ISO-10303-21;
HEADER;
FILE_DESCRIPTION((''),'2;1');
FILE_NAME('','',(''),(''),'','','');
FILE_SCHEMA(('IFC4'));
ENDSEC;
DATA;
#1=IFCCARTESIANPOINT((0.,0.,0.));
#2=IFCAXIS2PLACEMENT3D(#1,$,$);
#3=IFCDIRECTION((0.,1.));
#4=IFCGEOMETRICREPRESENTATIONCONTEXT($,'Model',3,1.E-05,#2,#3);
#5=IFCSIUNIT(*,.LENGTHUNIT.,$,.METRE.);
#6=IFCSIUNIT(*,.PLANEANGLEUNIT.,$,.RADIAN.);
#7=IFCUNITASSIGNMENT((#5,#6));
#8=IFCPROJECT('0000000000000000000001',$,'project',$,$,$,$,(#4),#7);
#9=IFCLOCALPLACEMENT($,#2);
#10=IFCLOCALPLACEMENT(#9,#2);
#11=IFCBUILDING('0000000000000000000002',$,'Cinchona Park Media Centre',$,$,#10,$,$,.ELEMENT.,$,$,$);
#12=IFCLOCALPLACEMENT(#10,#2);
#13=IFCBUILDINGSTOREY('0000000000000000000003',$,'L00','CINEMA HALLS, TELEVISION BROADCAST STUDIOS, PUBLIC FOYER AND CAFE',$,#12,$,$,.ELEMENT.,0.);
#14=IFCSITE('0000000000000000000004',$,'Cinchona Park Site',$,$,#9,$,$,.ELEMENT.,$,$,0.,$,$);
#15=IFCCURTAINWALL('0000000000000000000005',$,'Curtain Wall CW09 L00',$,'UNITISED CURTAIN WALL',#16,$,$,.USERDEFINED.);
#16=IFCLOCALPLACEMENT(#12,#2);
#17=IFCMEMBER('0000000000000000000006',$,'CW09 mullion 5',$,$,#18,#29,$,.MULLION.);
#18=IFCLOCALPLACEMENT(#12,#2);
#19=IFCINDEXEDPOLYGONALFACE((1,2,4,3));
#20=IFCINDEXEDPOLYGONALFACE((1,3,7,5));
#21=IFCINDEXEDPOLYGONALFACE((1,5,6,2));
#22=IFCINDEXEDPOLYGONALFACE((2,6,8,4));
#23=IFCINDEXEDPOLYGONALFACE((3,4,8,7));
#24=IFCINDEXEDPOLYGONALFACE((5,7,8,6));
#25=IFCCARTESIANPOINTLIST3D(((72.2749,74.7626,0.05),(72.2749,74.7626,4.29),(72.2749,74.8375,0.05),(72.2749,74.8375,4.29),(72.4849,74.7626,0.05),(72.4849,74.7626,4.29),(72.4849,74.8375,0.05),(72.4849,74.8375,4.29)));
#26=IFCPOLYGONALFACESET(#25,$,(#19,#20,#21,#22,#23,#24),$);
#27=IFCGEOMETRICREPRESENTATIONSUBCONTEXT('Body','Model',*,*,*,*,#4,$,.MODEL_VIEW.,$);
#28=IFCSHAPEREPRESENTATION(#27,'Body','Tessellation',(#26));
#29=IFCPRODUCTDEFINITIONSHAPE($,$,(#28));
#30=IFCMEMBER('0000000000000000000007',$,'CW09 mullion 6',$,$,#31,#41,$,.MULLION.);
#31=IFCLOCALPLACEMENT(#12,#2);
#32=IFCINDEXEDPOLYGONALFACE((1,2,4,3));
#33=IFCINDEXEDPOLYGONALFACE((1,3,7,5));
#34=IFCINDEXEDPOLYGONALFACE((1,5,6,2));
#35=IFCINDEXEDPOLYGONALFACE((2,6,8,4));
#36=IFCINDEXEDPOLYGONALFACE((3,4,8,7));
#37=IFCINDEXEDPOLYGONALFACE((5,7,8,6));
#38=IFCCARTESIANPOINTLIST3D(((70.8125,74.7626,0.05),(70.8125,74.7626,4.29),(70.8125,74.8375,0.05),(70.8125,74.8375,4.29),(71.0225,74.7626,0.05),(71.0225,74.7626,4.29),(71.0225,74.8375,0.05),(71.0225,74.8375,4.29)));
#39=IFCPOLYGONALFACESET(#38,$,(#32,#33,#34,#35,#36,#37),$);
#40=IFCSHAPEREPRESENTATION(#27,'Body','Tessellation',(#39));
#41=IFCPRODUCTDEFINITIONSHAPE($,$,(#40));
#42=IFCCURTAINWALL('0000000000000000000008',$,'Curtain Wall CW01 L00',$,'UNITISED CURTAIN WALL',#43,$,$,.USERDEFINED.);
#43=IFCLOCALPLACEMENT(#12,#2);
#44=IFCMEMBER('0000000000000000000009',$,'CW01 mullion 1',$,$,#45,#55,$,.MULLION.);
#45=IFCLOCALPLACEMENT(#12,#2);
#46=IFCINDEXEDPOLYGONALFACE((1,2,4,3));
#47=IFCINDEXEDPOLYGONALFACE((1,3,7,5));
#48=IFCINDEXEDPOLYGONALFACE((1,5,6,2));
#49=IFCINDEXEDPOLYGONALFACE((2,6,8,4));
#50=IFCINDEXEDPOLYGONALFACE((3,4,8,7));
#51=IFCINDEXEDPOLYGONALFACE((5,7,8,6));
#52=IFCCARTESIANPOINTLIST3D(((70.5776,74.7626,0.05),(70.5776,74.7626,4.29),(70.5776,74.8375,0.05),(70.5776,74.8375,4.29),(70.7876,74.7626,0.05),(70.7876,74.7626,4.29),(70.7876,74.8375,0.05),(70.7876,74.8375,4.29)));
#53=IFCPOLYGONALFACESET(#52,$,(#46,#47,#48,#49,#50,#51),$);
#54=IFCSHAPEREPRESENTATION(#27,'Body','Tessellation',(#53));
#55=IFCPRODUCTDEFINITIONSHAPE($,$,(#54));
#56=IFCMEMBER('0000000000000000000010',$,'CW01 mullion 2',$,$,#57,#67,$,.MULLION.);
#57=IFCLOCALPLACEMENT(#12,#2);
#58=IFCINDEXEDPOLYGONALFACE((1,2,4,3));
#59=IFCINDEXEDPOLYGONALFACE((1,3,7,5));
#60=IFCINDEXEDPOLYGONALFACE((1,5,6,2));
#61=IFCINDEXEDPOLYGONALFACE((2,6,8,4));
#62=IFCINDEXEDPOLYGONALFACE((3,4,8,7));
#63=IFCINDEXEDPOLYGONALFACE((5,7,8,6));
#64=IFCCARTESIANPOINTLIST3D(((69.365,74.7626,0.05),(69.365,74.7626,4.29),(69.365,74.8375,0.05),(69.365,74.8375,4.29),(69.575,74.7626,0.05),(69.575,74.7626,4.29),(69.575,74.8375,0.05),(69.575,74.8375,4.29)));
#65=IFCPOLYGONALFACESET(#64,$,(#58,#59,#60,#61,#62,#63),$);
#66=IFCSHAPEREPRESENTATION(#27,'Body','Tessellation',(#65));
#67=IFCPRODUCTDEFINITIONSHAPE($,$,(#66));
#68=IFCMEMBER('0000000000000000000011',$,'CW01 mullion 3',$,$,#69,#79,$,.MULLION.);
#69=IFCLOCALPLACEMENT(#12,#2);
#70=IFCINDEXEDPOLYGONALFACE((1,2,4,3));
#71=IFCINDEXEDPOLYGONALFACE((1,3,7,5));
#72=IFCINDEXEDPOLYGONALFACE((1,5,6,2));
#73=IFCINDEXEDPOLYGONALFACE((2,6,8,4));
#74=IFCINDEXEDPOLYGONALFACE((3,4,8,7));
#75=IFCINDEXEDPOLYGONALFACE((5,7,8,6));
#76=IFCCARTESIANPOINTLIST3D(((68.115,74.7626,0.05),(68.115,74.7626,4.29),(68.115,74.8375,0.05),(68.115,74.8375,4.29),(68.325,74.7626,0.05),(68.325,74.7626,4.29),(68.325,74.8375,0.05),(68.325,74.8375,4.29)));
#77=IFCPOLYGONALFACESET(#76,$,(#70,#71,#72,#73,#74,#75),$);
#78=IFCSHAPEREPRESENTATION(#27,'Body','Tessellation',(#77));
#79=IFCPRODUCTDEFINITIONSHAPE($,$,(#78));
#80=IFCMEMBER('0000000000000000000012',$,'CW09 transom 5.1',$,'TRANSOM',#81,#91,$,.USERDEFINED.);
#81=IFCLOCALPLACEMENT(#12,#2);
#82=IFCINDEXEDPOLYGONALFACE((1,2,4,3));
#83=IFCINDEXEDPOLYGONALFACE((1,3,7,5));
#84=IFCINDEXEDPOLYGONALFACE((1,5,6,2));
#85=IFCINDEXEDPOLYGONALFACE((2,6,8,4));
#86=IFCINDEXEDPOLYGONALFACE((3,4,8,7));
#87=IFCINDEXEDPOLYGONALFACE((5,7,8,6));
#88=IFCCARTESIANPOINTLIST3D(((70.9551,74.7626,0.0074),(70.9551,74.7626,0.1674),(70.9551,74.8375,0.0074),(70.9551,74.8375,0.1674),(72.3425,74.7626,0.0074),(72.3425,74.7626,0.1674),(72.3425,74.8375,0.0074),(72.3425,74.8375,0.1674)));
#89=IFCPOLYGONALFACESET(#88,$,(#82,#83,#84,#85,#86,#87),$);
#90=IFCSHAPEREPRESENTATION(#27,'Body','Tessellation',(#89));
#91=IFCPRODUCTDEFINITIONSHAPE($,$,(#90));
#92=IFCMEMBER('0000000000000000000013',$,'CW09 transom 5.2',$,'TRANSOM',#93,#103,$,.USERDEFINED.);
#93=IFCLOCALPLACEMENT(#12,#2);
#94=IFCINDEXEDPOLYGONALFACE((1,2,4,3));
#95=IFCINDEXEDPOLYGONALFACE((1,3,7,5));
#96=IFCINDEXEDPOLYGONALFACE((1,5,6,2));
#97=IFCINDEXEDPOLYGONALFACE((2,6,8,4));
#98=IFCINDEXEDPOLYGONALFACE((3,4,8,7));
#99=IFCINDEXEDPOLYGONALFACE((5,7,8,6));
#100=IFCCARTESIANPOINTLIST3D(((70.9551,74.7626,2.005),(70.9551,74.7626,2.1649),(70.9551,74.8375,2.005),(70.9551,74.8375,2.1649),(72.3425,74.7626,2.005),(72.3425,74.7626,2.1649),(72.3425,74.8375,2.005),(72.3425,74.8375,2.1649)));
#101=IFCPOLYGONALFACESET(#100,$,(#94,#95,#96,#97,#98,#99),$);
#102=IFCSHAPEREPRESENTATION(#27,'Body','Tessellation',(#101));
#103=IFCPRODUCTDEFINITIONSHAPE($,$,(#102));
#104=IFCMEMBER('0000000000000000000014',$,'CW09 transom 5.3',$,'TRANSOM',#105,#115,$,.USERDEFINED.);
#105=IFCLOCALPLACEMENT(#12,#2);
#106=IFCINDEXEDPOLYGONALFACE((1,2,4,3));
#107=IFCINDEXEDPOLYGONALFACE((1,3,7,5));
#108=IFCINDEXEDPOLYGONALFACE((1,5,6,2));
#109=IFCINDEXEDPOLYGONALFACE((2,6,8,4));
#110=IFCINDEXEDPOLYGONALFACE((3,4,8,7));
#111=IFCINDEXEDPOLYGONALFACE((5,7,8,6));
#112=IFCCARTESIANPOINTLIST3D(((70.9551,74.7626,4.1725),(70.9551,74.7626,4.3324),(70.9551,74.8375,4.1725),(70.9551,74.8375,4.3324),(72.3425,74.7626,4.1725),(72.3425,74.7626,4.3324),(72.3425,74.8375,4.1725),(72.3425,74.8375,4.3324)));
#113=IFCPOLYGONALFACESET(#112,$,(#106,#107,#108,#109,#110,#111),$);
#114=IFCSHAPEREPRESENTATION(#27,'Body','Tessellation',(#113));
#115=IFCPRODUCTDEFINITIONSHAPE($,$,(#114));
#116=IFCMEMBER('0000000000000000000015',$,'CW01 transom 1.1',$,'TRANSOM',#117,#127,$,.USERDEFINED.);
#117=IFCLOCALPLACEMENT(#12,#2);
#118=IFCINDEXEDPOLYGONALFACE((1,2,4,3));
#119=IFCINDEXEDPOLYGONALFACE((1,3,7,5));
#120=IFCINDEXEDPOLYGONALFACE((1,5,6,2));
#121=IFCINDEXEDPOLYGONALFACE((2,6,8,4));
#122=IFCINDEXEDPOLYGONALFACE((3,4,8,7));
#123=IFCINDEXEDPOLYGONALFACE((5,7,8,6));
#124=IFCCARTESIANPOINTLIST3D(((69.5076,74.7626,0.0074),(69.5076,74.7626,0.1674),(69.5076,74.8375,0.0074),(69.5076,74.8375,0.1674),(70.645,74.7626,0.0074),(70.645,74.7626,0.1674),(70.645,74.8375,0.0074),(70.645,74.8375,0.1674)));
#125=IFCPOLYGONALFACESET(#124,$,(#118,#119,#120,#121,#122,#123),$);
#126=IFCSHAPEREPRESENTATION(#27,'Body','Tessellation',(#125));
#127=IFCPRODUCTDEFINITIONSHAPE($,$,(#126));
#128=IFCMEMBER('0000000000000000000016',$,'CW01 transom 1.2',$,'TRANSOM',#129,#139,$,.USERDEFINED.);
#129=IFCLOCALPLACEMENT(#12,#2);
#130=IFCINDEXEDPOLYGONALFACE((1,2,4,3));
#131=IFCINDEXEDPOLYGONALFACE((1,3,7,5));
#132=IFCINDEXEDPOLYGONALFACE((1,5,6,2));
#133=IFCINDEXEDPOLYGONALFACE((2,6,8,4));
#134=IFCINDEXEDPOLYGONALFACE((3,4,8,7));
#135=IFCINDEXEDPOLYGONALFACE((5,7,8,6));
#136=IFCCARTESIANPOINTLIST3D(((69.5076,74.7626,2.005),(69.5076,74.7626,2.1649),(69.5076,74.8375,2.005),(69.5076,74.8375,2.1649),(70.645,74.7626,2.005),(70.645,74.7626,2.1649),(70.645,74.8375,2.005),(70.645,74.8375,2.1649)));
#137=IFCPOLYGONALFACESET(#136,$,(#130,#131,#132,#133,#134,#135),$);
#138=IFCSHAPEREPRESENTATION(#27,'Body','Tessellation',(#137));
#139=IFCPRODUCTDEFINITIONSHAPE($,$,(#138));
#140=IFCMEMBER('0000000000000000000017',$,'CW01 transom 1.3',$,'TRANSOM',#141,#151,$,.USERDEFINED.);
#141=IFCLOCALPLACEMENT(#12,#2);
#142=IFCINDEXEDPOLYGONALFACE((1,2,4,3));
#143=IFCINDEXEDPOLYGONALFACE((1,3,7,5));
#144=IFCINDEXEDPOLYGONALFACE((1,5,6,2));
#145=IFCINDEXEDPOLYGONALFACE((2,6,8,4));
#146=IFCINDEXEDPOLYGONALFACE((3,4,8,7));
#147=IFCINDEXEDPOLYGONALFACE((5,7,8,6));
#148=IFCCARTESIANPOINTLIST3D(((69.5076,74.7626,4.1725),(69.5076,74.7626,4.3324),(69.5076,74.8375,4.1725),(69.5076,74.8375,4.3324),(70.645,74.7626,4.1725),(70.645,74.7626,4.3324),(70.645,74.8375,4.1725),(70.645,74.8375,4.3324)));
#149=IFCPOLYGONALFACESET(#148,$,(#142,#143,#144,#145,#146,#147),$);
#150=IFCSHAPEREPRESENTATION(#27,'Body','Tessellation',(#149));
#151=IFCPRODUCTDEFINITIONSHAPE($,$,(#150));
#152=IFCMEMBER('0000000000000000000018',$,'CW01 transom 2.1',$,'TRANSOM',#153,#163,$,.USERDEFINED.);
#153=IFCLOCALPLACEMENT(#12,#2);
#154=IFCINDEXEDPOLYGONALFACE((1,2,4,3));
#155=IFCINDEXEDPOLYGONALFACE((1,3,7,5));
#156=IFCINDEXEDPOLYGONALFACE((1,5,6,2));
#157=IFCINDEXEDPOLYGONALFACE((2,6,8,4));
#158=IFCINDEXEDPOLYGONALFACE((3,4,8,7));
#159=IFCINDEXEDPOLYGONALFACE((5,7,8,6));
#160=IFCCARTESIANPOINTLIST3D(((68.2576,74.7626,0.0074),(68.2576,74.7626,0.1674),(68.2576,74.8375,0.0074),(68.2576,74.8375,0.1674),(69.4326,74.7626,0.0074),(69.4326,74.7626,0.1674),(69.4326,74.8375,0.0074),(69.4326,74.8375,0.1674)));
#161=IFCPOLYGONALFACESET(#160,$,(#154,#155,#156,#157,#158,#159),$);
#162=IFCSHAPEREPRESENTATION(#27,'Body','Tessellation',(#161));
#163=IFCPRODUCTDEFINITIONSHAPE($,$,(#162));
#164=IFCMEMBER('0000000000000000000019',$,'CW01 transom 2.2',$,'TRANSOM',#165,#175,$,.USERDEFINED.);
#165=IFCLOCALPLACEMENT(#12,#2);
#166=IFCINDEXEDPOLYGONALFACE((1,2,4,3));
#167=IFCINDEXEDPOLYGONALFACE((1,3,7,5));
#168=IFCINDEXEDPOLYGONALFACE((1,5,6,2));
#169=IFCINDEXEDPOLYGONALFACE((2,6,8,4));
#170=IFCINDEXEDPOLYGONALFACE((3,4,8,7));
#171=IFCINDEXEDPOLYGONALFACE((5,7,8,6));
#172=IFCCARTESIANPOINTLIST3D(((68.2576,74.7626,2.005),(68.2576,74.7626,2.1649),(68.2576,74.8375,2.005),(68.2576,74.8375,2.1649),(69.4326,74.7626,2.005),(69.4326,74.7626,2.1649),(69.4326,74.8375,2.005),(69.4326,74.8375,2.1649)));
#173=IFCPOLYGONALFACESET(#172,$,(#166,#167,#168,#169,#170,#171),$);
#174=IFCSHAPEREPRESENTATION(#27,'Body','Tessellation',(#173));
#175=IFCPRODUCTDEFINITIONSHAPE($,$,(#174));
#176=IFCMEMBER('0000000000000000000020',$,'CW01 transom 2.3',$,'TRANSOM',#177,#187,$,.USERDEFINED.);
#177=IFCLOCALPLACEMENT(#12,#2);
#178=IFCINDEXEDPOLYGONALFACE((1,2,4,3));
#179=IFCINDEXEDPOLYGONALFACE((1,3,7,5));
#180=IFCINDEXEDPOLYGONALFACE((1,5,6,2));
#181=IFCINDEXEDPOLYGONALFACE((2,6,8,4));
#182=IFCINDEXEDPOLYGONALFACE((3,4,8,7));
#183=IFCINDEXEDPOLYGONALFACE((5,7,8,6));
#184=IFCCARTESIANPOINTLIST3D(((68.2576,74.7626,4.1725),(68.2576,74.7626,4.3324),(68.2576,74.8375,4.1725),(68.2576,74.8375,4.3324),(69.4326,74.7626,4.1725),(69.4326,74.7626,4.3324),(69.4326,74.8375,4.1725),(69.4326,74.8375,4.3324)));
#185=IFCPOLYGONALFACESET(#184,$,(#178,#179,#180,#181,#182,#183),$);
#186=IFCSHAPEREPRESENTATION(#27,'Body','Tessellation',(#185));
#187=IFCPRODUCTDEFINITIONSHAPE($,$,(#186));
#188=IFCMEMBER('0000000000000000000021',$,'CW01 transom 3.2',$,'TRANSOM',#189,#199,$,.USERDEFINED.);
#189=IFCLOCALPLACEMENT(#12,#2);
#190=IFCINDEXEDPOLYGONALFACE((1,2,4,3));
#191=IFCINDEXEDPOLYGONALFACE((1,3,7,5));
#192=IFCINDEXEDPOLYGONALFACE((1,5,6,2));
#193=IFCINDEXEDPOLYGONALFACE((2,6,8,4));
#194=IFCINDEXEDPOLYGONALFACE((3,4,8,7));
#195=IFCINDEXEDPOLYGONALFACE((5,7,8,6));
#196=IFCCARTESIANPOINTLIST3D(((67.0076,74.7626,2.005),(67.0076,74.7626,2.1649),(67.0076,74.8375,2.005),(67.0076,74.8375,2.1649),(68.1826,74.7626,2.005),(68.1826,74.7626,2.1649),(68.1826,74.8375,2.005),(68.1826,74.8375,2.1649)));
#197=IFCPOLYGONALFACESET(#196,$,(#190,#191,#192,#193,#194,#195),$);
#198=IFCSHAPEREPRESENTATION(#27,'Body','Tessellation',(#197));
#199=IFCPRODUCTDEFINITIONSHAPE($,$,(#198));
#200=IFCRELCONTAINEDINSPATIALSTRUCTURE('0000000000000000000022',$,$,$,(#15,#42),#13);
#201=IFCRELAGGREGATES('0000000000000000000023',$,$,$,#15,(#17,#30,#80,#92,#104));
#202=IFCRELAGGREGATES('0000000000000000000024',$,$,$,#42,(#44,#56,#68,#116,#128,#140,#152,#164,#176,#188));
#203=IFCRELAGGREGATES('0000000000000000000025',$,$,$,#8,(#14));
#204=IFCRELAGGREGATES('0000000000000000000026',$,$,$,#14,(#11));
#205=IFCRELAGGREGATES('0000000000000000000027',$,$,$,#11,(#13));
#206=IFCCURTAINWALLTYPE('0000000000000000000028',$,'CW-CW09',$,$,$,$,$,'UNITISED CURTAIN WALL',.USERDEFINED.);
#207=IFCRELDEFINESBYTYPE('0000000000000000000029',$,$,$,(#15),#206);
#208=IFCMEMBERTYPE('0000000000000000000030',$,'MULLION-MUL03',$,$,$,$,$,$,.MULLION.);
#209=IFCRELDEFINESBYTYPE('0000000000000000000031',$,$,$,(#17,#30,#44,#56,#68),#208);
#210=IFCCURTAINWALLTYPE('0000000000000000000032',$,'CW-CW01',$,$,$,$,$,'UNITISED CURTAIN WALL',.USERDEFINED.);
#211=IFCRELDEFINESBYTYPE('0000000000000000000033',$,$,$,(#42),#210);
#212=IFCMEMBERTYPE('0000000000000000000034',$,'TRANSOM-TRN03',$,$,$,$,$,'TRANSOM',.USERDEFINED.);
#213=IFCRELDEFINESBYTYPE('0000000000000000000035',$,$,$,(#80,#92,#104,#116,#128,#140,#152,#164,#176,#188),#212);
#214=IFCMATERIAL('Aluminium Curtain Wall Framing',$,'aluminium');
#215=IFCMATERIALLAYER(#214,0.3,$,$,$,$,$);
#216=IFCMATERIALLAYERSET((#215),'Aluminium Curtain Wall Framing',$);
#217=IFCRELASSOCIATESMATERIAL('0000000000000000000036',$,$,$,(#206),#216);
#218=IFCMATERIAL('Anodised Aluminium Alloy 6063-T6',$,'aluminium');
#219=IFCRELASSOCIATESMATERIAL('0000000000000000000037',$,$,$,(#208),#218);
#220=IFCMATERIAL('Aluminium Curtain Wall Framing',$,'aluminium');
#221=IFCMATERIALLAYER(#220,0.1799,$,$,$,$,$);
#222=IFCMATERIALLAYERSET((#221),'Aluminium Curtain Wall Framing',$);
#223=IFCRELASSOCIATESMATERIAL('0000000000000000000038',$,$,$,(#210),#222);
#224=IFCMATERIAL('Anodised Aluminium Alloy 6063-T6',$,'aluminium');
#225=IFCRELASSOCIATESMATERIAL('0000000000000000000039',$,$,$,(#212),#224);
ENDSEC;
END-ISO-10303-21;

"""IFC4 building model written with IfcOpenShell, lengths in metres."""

from ifc_helpers import new_model, si_unit, direction, frame, origin, origin_2d, place, context, subcontext, project, spatial, rectangle, extrude, material, layer, layer_set, material_profile, profile_set, type_object, element, aggregate, save


model = new_model("IFC4")

# Units and contexts
model_context = context("Model", 3, precision=1e-05, world=origin(), true_north=direction((0.0, 1.0)))
body_context = subcontext(model_context, "Body", "Model", "MODEL_VIEW")
ifc_project = project(units=[si_unit("LENGTHUNIT", "METRE"), si_unit("PLANEANGLEUNIT", "RADIAN")], contexts=[model_context])

# Site, building, storey
site_placement = place(None, origin())
site = spatial("IfcSite", under=ifc_project, at=site_placement, Name="Cinchona Park Site", CompositionType="ELEMENT", RefElevation=0.0)
building_placement = place(site_placement, origin())
building = spatial("IfcBuilding", under=site, at=building_placement, Name="Cinchona Park Media Centre", CompositionType="ELEMENT")
storey_placement = place(building_placement, origin())
storey = spatial("IfcBuildingStorey", under=building, at=storey_placement, Name="L00", Description="CINEMA HALLS, TELEVISION BROADCAST STUDIOS, PUBLIC FOYER AND CAFE", CompositionType="ELEMENT", Elevation=0.0)

# Curtain walls, members
ifc_material_1 = material(Name="Aluminium Curtain Wall Framing", Category="aluminium")
ifc_layer_1 = layer(ifc_material_1, 0.3)
ifc_layer_set_1 = layer_set([ifc_layer_1], Name="Aluminium Curtain Wall Framing")
curtain_wall_type_1 = type_object("IfcCurtainWallType", Name="CW-CW09", ElementType="UNITISED CURTAIN WALL", PredefinedType="USERDEFINED", material=ifc_layer_set_1)
curtain_wall_1_placement = place(storey_placement, origin())
curtain_wall_1 = element("IfcCurtainWall", 1, at=curtain_wall_1_placement, inside=storey, type_object=curtain_wall_type_1, Name="Curtain Wall CW09 L00", ObjectType="UNITISED CURTAIN WALL", PredefinedType="USERDEFINED")
ifc_material_2 = material(Name="Anodised Aluminium Alloy 6063-T6", Category="aluminium")
ifc_material_profile_1 = material_profile(ifc_material_2, rectangle(XDim=0.075, YDim=0.21, at=origin_2d()), Name="MUL-75X210")
ifc_profile_set_1 = profile_set([ifc_material_profile_1], Name="Anodised Aluminium Alloy 6063-T6")
member_type_1 = type_object("IfcMemberType", Name="MULLION-MUL03", PredefinedType="MULLION", material=ifc_profile_set_1)
member_1_placement = place(storey_placement, frame((72.3799, 74.8, 0.05), z_axis=(0.0, 0.0, 1.0), x_axis=(0.0, -1.0, 0.0)))
member_1 = element("IfcMember", 2, at=member_1_placement, type_object=member_type_1, Name="CW09 mullion 5", PredefinedType="MULLION", context=body_context, shape_type="SweptSolid", body=[
    extrude(rectangle(XDim=0.075, YDim=0.21, at=origin_2d()), origin(), (0.0, 0.0, 1.0), 4.24),
])
member_2_placement = place(storey_placement, frame((70.9175, 74.8, 0.05), z_axis=(0.0, 0.0, 1.0), x_axis=(0.0, -1.0, 0.0)))
member_2 = element("IfcMember", 3, at=member_2_placement, type_object=member_type_1, Name="CW09 mullion 6", PredefinedType="MULLION", context=body_context, shape_type="SweptSolid", body=[
    extrude(rectangle(XDim=0.075, YDim=0.21, at=origin_2d()), origin(), (0.0, 0.0, 1.0), 4.24),
])
ifc_material_3 = material(Name="Aluminium Curtain Wall Framing", Category="aluminium")
ifc_layer_2 = layer(ifc_material_3, 0.1799)
ifc_layer_set_2 = layer_set([ifc_layer_2], Name="Aluminium Curtain Wall Framing")
curtain_wall_type_2 = type_object("IfcCurtainWallType", Name="CW-CW01", ElementType="UNITISED CURTAIN WALL", PredefinedType="USERDEFINED", material=ifc_layer_set_2)
curtain_wall_2_placement = place(storey_placement, origin())
curtain_wall_2 = element("IfcCurtainWall", 4, at=curtain_wall_2_placement, inside=storey, type_object=curtain_wall_type_2, Name="Curtain Wall CW01 L00", ObjectType="UNITISED CURTAIN WALL", PredefinedType="USERDEFINED")
member_3_placement = place(storey_placement, frame((70.6826, 74.8, 0.05), z_axis=(0.0, 0.0, 1.0), x_axis=(0.0, -1.0, 0.0)))
member_3 = element("IfcMember", 5, at=member_3_placement, type_object=member_type_1, Name="CW01 mullion 1", PredefinedType="MULLION", context=body_context, shape_type="SweptSolid", body=[
    extrude(rectangle(XDim=0.075, YDim=0.21, at=origin_2d()), origin(), (0.0, 0.0, 1.0), 4.24),
])
member_4_placement = place(storey_placement, frame((69.47, 74.8, 0.05), z_axis=(0.0, 0.0, 1.0), x_axis=(0.0, -1.0, 0.0)))
member_4 = element("IfcMember", 6, at=member_4_placement, type_object=member_type_1, Name="CW01 mullion 2", PredefinedType="MULLION", context=body_context, shape_type="SweptSolid", body=[
    extrude(rectangle(XDim=0.075, YDim=0.21, at=origin_2d()), origin(), (0.0, 0.0, 1.0), 4.24),
])
member_5_placement = place(storey_placement, frame((68.22, 74.8, 0.05), z_axis=(0.0, 0.0, 1.0), x_axis=(0.0, -1.0, 0.0)))
member_5 = element("IfcMember", 7, at=member_5_placement, type_object=member_type_1, Name="CW01 mullion 3", PredefinedType="MULLION", context=body_context, shape_type="SweptSolid", body=[
    extrude(rectangle(XDim=0.075, YDim=0.21, at=origin_2d()), origin(), (0.0, 0.0, 1.0), 4.24),
])

# Members
ifc_material_4 = material(Name="Anodised Aluminium Alloy 6063-T6", Category="aluminium")
ifc_material_profile_2 = material_profile(ifc_material_4, rectangle(XDim=0.075, YDim=0.1599, at=origin_2d()), Name="TRN-75X160")
ifc_profile_set_2 = profile_set([ifc_material_profile_2], Name="Anodised Aluminium Alloy 6063-T6")
member_type_2 = type_object("IfcMemberType", Name="TRANSOM-TRN03", ElementType="TRANSOM", PredefinedType="USERDEFINED", material=ifc_profile_set_2)
member_6_placement = place(storey_placement, frame((72.3425, 74.8, 0.0874), z_axis=(-1.0, 0.0, 0.0), x_axis=(0.0, -1.0, 0.0)))
member_6 = element("IfcMember", 8, at=member_6_placement, type_object=member_type_2, Name="CW09 transom 5.1", ObjectType="TRANSOM", PredefinedType="USERDEFINED", context=body_context, shape_type="SweptSolid", body=[
    extrude(rectangle(XDim=0.075, YDim=0.1599, at=origin_2d()), origin(), (0.0, 0.0, 1.0), 1.3875),
])
member_7_placement = place(storey_placement, frame((72.3425, 74.8, 2.085), z_axis=(-1.0, 0.0, 0.0), x_axis=(0.0, -1.0, 0.0)))
member_7 = element("IfcMember", 9, at=member_7_placement, type_object=member_type_2, Name="CW09 transom 5.2", ObjectType="TRANSOM", PredefinedType="USERDEFINED", context=body_context, shape_type="SweptSolid", body=[
    extrude(rectangle(XDim=0.075, YDim=0.1599, at=origin_2d()), origin(), (0.0, 0.0, 1.0), 1.3875),
])
member_8_placement = place(storey_placement, frame((72.3425, 74.8, 4.2524), z_axis=(-1.0, 0.0, 0.0), x_axis=(0.0, -1.0, 0.0)))
member_8 = element("IfcMember", 10, at=member_8_placement, type_object=member_type_2, Name="CW09 transom 5.3", ObjectType="TRANSOM", PredefinedType="USERDEFINED", context=body_context, shape_type="SweptSolid", body=[
    extrude(rectangle(XDim=0.075, YDim=0.1599, at=origin_2d()), origin(), (0.0, 0.0, 1.0), 1.3875),
])
member_9_placement = place(storey_placement, frame((70.645, 74.8, 0.0874), z_axis=(-1.0, 0.0, 0.0), x_axis=(0.0, -1.0, 0.0)))
member_9 = element("IfcMember", 11, at=member_9_placement, type_object=member_type_2, Name="CW01 transom 1.1", ObjectType="TRANSOM", PredefinedType="USERDEFINED", context=body_context, shape_type="SweptSolid", body=[
    extrude(rectangle(XDim=0.075, YDim=0.1599, at=origin_2d()), origin(), (0.0, 0.0, 1.0), 1.1375),
])
member_10_placement = place(storey_placement, frame((70.645, 74.8, 2.085), z_axis=(-1.0, 0.0, 0.0), x_axis=(0.0, -1.0, 0.0)))
member_10 = element("IfcMember", 12, at=member_10_placement, type_object=member_type_2, Name="CW01 transom 1.2", ObjectType="TRANSOM", PredefinedType="USERDEFINED", context=body_context, shape_type="SweptSolid", body=[
    extrude(rectangle(XDim=0.075, YDim=0.1599, at=origin_2d()), origin(), (0.0, 0.0, 1.0), 1.1375),
])
member_11_placement = place(storey_placement, frame((70.645, 74.8, 4.2524), z_axis=(-1.0, 0.0, 0.0), x_axis=(0.0, -1.0, 0.0)))
member_11 = element("IfcMember", 13, at=member_11_placement, type_object=member_type_2, Name="CW01 transom 1.3", ObjectType="TRANSOM", PredefinedType="USERDEFINED", context=body_context, shape_type="SweptSolid", body=[
    extrude(rectangle(XDim=0.075, YDim=0.1599, at=origin_2d()), origin(), (0.0, 0.0, 1.0), 1.1375),
])
member_12_placement = place(storey_placement, frame((69.4326, 74.8, 0.0874), z_axis=(-1.0, 0.0, 0.0), x_axis=(0.0, -1.0, 0.0)))
member_12 = element("IfcMember", 14, at=member_12_placement, type_object=member_type_2, Name="CW01 transom 2.1", ObjectType="TRANSOM", PredefinedType="USERDEFINED", context=body_context, shape_type="SweptSolid", body=[
    extrude(rectangle(XDim=0.075, YDim=0.1599, at=origin_2d()), origin(), (0.0, 0.0, 1.0), 1.175),
])
member_13_placement = place(storey_placement, frame((69.4326, 74.8, 2.085), z_axis=(-1.0, 0.0, 0.0), x_axis=(0.0, -1.0, 0.0)))
member_13 = element("IfcMember", 15, at=member_13_placement, type_object=member_type_2, Name="CW01 transom 2.2", ObjectType="TRANSOM", PredefinedType="USERDEFINED", context=body_context, shape_type="SweptSolid", body=[
    extrude(rectangle(XDim=0.075, YDim=0.1599, at=origin_2d()), origin(), (0.0, 0.0, 1.0), 1.175),
])
member_14_placement = place(storey_placement, frame((69.4326, 74.8, 4.2524), z_axis=(-1.0, 0.0, 0.0), x_axis=(0.0, -1.0, 0.0)))
member_14 = element("IfcMember", 16, at=member_14_placement, type_object=member_type_2, Name="CW01 transom 2.3", ObjectType="TRANSOM", PredefinedType="USERDEFINED", context=body_context, shape_type="SweptSolid", body=[
    extrude(rectangle(XDim=0.075, YDim=0.1599, at=origin_2d()), origin(), (0.0, 0.0, 1.0), 1.175),
])
member_15_placement = place(storey_placement, frame((68.1826, 74.8, 2.085), z_axis=(-1.0, 0.0, 0.0), x_axis=(0.0, -1.0, 0.0)))
member_15 = element("IfcMember", 17, at=member_15_placement, type_object=member_type_2, Name="CW01 transom 3.2", ObjectType="TRANSOM", PredefinedType="USERDEFINED", context=body_context, shape_type="SweptSolid", body=[
    extrude(rectangle(XDim=0.075, YDim=0.1599, at=origin_2d()), origin(), (0.0, 0.0, 1.0), 1.175),
])

aggregate(curtain_wall_1, [member_1, member_2, member_6, member_7, member_8])
aggregate(curtain_wall_2, [member_3, member_4, member_5, member_9, member_10, member_11, member_12, member_13, member_14, member_15])

save(model, "model.ifc")
